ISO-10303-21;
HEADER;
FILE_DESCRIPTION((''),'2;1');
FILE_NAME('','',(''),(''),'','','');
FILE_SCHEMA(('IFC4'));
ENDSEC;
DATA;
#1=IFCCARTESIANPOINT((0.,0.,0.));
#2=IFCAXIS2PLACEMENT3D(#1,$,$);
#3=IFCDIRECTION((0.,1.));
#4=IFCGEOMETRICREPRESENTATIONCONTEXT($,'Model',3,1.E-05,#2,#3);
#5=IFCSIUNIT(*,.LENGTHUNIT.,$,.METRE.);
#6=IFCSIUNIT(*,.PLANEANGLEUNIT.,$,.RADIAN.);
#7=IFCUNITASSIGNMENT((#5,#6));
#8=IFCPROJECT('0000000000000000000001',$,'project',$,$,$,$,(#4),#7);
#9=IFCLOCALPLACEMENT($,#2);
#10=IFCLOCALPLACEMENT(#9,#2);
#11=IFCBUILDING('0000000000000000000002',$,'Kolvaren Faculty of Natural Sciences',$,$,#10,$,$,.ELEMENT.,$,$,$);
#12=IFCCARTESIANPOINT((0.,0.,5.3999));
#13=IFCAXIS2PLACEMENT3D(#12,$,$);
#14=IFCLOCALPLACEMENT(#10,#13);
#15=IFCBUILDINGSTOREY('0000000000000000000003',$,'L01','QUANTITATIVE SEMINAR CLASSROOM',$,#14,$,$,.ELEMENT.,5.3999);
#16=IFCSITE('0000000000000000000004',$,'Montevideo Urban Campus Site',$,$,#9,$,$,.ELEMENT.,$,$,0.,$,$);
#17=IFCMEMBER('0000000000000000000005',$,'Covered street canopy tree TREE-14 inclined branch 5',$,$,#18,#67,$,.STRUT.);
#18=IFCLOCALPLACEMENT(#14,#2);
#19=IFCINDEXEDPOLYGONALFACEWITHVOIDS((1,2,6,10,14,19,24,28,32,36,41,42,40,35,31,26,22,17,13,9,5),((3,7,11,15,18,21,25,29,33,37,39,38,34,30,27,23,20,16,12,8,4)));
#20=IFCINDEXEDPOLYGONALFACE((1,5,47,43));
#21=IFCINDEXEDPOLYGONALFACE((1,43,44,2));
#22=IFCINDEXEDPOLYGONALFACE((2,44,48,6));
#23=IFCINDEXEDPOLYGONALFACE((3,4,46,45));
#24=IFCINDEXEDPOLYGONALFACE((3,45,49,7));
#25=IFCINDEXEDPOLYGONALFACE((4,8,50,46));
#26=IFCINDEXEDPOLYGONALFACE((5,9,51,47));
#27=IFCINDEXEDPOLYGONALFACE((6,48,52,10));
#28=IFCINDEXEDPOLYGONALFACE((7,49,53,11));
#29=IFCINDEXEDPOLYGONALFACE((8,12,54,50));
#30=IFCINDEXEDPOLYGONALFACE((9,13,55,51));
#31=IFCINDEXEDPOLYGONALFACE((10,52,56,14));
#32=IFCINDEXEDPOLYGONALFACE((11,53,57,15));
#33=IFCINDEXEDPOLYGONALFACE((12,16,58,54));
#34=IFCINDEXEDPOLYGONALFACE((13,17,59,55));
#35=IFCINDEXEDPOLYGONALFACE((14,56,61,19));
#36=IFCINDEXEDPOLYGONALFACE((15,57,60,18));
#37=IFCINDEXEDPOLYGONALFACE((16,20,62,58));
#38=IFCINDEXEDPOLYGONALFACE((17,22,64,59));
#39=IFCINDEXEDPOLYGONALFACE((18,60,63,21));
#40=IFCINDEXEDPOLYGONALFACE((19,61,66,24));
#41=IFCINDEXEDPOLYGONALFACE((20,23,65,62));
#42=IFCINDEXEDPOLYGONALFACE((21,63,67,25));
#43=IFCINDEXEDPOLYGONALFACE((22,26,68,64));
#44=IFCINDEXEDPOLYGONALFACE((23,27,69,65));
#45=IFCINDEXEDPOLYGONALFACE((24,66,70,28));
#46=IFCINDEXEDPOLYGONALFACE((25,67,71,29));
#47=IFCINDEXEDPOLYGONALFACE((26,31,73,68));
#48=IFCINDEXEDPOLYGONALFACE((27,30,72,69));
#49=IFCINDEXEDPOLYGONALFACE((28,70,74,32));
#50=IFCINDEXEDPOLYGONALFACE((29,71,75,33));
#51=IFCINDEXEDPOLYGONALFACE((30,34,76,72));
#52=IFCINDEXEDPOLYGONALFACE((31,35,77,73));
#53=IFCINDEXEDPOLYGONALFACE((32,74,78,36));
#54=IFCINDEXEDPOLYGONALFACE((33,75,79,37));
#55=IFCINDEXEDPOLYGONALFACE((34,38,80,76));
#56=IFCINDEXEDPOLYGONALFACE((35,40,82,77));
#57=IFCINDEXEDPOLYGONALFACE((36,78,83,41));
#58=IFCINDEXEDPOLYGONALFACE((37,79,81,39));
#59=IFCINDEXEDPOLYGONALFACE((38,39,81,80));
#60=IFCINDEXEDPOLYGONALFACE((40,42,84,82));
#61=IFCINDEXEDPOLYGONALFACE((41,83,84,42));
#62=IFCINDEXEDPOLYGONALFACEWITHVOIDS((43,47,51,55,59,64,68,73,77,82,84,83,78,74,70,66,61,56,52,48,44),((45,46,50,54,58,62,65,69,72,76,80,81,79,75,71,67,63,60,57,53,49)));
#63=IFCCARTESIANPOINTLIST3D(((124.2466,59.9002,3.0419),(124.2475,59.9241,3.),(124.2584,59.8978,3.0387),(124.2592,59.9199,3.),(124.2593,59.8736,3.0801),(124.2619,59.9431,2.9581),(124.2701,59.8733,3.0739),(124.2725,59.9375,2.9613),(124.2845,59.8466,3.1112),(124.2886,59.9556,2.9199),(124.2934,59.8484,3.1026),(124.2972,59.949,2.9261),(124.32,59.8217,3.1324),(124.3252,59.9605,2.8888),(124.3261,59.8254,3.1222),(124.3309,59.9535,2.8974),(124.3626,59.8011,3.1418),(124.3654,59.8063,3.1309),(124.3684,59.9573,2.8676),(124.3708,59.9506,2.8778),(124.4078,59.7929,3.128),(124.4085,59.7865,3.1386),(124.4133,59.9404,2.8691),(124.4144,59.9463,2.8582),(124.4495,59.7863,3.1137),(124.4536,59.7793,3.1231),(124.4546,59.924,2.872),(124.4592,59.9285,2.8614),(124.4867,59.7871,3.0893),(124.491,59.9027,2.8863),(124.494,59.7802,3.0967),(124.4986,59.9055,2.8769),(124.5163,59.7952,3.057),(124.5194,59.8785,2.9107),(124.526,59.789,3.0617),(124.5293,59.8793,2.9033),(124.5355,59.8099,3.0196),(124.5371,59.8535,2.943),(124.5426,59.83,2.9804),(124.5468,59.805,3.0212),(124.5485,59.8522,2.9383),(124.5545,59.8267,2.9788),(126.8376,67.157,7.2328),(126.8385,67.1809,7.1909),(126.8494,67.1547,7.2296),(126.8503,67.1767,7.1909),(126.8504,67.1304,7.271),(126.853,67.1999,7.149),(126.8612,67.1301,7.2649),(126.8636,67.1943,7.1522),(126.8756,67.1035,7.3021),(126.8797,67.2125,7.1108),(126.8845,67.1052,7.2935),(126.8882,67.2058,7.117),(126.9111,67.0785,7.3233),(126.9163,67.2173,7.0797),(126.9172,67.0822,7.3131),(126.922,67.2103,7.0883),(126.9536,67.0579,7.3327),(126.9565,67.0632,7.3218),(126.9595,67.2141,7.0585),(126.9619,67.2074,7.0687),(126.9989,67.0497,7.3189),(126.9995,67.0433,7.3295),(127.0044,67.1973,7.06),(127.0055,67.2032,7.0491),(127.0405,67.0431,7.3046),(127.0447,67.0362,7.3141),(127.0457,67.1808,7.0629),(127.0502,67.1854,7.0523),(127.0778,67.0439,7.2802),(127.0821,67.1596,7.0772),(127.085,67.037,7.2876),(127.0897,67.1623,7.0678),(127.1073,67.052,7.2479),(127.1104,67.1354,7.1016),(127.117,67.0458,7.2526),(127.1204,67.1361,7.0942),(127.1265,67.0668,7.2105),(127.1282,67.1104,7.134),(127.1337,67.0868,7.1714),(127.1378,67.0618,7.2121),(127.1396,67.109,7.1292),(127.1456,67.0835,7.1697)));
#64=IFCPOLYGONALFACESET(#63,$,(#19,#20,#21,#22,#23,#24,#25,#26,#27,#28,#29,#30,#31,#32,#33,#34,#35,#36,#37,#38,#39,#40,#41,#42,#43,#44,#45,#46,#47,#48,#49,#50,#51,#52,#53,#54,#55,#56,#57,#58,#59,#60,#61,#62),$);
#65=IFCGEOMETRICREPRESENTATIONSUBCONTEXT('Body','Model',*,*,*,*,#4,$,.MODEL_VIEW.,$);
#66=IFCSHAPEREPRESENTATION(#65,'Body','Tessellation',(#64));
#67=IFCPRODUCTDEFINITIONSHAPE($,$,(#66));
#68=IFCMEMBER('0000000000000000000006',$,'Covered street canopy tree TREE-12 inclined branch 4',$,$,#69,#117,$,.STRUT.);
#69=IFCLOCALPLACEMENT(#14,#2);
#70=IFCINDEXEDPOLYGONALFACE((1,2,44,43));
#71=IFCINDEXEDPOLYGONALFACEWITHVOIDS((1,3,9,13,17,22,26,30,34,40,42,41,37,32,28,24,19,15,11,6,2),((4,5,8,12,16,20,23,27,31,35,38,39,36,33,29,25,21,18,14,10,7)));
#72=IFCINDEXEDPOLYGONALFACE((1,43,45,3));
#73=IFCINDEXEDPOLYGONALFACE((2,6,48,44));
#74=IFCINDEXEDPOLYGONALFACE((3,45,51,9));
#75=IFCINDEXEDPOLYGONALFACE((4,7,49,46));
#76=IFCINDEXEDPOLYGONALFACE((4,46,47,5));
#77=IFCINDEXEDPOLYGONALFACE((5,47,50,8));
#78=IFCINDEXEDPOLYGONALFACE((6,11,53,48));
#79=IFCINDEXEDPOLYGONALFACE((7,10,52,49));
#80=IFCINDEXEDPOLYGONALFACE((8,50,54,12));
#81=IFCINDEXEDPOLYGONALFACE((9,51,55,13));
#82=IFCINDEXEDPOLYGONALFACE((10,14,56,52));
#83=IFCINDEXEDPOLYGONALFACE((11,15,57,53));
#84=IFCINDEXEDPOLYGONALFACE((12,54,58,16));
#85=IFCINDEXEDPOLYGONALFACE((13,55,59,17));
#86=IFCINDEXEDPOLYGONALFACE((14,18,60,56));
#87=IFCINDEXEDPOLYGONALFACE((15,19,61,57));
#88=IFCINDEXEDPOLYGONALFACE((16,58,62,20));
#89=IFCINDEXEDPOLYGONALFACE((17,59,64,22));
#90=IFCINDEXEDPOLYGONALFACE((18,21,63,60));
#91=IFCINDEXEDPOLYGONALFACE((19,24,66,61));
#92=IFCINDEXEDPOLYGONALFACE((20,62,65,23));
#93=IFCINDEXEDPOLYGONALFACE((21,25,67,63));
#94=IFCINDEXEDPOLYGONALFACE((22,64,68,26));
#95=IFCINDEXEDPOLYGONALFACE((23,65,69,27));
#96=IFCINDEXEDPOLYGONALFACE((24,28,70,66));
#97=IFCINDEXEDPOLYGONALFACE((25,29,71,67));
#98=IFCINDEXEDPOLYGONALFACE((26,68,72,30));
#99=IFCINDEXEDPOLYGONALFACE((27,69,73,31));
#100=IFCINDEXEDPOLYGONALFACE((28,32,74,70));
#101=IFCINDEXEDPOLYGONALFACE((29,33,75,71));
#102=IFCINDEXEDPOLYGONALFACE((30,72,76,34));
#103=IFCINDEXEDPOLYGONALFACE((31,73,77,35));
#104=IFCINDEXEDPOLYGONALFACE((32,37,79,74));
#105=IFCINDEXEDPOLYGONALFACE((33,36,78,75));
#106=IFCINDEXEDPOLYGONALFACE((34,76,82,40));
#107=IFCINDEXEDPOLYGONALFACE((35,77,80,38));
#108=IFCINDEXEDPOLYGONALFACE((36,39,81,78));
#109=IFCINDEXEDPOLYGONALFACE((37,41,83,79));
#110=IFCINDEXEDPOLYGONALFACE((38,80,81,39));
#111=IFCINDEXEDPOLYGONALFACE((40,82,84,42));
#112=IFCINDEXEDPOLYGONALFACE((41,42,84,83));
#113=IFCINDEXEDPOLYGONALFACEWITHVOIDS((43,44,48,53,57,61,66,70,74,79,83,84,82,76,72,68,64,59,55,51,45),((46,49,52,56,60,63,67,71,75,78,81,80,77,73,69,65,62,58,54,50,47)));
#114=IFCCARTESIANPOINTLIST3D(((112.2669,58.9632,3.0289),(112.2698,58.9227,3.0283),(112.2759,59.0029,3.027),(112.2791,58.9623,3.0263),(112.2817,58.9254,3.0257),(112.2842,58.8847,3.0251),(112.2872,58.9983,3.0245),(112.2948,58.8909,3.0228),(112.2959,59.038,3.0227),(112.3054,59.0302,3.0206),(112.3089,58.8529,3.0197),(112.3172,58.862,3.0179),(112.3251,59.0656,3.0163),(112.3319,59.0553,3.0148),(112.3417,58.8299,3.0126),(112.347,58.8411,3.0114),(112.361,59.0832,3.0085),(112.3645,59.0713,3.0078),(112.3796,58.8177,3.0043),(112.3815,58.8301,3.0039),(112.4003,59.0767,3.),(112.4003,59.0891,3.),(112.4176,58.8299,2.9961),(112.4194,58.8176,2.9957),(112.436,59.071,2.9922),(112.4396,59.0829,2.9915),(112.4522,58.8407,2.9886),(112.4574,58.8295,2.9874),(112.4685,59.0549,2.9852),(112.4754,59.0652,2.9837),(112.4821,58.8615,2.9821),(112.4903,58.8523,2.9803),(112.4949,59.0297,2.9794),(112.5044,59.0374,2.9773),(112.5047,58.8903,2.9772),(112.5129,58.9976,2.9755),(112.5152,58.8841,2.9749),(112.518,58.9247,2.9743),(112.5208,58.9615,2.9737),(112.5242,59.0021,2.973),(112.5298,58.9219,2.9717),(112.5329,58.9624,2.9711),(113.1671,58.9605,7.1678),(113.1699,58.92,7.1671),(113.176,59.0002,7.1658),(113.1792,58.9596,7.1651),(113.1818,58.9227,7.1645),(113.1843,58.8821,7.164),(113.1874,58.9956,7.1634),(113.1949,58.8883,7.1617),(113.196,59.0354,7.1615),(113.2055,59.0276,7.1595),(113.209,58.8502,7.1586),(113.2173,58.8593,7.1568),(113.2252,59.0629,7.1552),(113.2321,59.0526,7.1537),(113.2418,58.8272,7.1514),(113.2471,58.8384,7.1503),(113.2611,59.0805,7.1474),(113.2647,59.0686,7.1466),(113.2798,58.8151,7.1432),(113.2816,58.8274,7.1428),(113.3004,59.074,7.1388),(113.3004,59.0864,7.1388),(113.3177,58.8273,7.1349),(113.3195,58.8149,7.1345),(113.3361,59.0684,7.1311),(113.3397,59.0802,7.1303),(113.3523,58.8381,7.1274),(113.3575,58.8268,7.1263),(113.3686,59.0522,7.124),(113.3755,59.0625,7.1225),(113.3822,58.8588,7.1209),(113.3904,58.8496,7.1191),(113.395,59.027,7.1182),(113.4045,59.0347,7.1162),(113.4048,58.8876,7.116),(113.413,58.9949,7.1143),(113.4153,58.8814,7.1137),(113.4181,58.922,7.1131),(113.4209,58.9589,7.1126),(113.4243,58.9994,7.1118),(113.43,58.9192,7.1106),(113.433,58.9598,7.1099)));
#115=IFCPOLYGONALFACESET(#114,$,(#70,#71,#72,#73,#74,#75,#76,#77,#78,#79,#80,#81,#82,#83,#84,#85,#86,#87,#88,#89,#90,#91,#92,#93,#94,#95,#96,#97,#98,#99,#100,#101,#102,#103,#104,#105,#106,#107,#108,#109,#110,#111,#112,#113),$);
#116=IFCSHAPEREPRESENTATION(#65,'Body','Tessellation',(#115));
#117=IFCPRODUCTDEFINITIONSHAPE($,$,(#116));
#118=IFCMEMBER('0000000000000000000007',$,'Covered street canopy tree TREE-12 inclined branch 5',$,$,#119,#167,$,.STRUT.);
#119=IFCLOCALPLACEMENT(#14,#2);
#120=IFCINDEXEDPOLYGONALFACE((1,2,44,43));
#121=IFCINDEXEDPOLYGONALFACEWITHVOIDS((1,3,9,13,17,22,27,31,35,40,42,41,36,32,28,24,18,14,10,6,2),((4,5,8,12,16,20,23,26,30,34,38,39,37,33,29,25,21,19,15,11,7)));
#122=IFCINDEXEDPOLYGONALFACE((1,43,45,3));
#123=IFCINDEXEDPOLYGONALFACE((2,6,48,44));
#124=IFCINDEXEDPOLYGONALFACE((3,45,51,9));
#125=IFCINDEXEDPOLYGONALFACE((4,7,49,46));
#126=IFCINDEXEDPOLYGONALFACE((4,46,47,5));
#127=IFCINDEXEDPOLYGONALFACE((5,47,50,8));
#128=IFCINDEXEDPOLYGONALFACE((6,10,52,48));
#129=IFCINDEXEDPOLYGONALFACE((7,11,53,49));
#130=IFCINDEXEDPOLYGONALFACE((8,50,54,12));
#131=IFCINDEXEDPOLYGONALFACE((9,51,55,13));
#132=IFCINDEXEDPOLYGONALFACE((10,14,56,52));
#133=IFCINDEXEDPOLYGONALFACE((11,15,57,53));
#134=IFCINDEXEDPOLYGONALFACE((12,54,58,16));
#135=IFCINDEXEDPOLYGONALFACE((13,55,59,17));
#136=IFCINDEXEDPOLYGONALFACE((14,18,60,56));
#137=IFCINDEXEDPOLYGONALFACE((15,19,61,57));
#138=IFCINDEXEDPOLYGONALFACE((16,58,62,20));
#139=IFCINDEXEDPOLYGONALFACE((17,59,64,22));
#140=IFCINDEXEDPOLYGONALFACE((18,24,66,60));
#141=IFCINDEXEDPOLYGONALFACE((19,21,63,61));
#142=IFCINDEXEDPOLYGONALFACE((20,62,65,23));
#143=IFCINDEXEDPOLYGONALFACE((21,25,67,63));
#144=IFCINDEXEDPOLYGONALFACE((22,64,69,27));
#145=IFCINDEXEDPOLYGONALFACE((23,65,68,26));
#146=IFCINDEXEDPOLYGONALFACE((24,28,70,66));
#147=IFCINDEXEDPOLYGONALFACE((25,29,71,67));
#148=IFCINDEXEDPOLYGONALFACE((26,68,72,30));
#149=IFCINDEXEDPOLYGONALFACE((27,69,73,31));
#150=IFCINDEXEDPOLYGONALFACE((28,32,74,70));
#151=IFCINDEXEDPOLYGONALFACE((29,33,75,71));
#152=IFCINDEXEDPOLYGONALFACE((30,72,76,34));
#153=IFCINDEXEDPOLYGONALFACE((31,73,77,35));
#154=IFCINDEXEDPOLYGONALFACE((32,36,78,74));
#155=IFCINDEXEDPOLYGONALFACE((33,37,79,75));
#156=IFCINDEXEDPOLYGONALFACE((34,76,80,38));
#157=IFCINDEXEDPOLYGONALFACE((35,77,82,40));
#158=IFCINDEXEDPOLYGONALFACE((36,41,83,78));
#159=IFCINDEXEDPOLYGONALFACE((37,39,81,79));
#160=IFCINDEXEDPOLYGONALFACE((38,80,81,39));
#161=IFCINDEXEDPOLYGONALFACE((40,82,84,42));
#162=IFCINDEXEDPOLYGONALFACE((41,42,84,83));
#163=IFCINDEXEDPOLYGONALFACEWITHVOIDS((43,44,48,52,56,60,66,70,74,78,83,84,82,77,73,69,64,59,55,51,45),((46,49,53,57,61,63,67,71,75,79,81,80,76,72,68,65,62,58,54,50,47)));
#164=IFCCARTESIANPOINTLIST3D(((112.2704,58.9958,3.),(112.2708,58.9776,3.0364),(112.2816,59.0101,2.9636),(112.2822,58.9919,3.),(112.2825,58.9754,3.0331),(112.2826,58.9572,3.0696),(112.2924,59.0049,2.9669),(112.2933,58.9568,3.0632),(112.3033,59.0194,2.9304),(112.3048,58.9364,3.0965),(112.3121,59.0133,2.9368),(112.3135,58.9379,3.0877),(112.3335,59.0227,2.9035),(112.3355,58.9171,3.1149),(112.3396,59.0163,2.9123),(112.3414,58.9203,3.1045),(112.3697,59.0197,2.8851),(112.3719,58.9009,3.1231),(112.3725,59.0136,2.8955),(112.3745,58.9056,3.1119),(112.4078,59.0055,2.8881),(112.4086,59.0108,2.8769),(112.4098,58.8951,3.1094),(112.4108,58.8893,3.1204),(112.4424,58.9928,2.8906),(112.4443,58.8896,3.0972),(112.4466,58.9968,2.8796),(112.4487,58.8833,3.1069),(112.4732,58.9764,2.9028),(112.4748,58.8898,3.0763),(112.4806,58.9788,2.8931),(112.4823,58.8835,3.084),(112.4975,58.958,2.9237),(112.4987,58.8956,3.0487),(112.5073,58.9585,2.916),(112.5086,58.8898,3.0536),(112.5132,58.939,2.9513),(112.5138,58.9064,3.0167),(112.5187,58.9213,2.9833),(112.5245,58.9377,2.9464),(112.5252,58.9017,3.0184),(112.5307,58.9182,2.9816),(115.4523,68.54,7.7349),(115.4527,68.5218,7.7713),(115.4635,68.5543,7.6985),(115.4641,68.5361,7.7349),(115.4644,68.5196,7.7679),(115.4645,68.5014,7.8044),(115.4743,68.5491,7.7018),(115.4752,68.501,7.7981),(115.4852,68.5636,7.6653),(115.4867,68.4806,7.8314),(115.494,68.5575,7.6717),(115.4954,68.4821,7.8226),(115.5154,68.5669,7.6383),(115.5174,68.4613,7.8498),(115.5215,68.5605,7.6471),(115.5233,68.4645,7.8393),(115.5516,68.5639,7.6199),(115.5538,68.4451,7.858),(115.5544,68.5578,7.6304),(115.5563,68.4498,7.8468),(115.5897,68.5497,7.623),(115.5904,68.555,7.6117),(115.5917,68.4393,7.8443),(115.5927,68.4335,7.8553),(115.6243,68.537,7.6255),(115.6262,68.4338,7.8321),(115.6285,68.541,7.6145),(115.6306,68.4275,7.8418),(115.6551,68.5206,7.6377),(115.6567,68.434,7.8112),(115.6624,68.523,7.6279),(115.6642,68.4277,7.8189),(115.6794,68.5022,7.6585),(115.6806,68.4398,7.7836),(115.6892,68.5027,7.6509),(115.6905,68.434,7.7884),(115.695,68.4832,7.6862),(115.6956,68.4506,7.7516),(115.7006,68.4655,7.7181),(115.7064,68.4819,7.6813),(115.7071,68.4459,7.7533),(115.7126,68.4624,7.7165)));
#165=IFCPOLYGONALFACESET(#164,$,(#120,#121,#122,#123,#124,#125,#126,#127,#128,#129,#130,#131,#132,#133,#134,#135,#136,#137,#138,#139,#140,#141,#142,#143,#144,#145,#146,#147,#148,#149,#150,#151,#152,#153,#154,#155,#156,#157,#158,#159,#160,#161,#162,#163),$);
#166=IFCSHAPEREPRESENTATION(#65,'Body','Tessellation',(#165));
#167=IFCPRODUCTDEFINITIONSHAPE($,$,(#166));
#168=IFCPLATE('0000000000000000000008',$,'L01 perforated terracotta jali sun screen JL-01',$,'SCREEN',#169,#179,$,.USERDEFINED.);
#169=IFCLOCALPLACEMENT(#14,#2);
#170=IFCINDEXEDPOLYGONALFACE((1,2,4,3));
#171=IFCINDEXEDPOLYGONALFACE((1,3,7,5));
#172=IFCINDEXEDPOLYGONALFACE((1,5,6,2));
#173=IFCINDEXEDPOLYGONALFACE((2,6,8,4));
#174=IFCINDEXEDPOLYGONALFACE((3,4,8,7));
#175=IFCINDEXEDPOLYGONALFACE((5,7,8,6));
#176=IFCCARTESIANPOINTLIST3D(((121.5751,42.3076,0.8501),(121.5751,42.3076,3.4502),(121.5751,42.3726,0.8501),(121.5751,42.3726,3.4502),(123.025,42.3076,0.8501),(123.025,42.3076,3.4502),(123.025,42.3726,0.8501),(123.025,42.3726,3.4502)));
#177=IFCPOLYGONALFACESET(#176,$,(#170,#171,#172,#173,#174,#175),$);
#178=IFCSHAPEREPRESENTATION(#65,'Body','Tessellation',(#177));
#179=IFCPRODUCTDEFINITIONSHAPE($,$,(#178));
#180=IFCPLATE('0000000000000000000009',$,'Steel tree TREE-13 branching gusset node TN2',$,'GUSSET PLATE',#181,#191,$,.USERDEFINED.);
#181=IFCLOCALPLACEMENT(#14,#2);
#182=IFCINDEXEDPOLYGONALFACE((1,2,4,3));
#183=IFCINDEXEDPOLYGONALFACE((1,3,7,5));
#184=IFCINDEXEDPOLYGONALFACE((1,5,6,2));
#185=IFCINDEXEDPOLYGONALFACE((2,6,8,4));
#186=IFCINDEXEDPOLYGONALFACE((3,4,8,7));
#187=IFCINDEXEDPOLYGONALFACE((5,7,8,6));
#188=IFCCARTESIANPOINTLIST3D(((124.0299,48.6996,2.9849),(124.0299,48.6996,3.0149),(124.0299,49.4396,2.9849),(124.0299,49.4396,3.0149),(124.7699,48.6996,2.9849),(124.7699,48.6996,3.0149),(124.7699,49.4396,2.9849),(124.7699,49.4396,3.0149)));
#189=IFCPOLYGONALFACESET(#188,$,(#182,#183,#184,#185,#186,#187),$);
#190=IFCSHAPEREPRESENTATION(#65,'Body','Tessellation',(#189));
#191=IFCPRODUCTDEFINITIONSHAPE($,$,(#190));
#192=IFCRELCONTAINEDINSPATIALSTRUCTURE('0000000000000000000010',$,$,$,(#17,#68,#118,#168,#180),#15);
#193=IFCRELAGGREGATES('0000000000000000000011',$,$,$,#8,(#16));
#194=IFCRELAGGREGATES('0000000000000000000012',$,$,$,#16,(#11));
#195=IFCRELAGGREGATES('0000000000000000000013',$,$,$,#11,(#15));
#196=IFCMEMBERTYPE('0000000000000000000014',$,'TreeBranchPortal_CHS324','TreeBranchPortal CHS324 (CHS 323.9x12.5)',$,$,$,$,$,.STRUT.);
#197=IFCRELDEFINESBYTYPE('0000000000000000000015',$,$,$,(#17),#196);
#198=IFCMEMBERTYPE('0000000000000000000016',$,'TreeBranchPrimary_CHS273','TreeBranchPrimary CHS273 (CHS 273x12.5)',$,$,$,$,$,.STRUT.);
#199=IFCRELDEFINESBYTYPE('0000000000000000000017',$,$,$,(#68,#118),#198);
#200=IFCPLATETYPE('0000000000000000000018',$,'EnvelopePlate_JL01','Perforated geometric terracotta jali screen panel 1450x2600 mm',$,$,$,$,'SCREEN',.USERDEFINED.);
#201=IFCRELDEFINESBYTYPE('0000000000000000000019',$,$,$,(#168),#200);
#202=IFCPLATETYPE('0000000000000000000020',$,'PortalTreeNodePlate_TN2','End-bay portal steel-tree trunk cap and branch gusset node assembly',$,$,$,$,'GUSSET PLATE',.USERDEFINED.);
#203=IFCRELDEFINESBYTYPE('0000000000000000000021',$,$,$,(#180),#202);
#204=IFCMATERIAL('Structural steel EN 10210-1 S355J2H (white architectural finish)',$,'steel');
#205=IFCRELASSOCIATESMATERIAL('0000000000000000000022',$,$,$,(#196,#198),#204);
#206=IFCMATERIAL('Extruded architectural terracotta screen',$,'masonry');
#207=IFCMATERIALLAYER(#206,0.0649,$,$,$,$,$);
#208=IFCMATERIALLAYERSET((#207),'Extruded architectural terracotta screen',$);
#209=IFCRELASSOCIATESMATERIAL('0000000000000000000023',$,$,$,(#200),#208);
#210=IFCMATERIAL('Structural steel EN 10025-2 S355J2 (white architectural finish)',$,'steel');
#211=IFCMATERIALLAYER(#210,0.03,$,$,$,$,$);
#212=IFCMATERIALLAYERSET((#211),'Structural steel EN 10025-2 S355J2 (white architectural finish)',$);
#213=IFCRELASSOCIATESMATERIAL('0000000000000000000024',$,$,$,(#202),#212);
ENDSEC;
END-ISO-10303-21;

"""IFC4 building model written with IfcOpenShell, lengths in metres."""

from ifc_helpers import new_model, si_unit, direction, frame, origin, origin_2d, place, context, subcontext, project, spatial, rectangle, hollow_circle, extrude, material, layer, layer_set, material_profile, profile_set, type_object, element, save


model = new_model("IFC4")

# Units and contexts
model_context = context("Model", 3, precision=1e-05, world=origin(), true_north=direction((0.0, 1.0)))
body_context = subcontext(model_context, "Body", "Model", "MODEL_VIEW")
ifc_project = project(units=[si_unit("LENGTHUNIT", "METRE"), si_unit("PLANEANGLEUNIT", "RADIAN")], contexts=[model_context])

# Site, building, storey
site_placement = place(None, origin())
site = spatial("IfcSite", under=ifc_project, at=site_placement, Name="Montevideo Urban Campus Site", CompositionType="ELEMENT", RefElevation=0.0)
building_placement = place(site_placement, origin())
building = spatial("IfcBuilding", under=site, at=building_placement, Name="Kolvaren Faculty of Natural Sciences", CompositionType="ELEMENT")
storey_placement = place(building_placement, frame((0.0, 0.0, 5.3999)))
storey = spatial("IfcBuildingStorey", under=building, at=storey_placement, Name="L01", Description="QUANTITATIVE SEMINAR CLASSROOM", CompositionType="ELEMENT", Elevation=5.3999)

# Members
ifc_material_1 = material(Name="Structural steel EN 10210-1 S355J2H (white architectural finish)", Category="steel")
ifc_material_profile_1 = material_profile(ifc_material_1, hollow_circle(Radius=0.1619, WallThickness=0.0125, at=origin_2d()), Name="CHS 323.9x12.5")
ifc_profile_set_1 = profile_set([ifc_material_profile_1], Name="Structural steel EN 10210-1 S355J2H (white architectural finish)")
member_type_1 = type_object("IfcMemberType", Name="TreeBranchPortal_CHS324", Description="TreeBranchPortal CHS324 (CHS 323.9x12.5)", PredefinedType="STRUT", material=ifc_profile_set_1)
member_1_placement = place(storey_placement, frame((124.3999, 59.8696, 3.0), z_axis=(0.295396, 0.827321, 0.477788), x_axis=(-0.941769, 0.33626, 0.0)))
element("IfcMember", 1, at=member_1_placement, inside=storey, type_object=member_type_1, Name="Covered street canopy tree TREE-14 inclined branch 5", PredefinedType="STRUT", context=body_context, shape_type="SweptSolid", body=[
    extrude(hollow_circle(Radius=0.1619, WallThickness=0.0125, at=origin_2d()), origin(), (0.0, 0.0, 1.0), 8.7715),
])
ifc_material_profile_2 = material_profile(ifc_material_1, hollow_circle(Radius=0.1365, WallThickness=0.0125, at=origin_2d()), Name="CHS 273x12.5")
ifc_profile_set_2 = profile_set([ifc_material_profile_2], Name="Structural steel EN 10210-1 S355J2H (white architectural finish)")
member_type_2 = type_object("IfcMemberType", Name="TreeBranchPrimary_CHS273", Description="TreeBranchPrimary CHS273 (CHS 273x12.5)", PredefinedType="STRUT", material=ifc_profile_set_2)
member_2_placement = place(storey_placement, frame((112.3999, 58.9526, 3.0), z_axis=(0.212516, -0.000634, 0.977157), x_axis=(0.002983, 0.999996, 0.0)))
element("IfcMember", 2, at=member_2_placement, inside=storey, type_object=member_type_2, Name="Covered street canopy tree TREE-12 inclined branch 4", PredefinedType="STRUT", context=body_context, shape_type="SweptSolid", body=[
    extrude(hollow_circle(Radius=0.1365, WallThickness=0.0125, at=origin_2d()), origin(), (0.0, 0.0, 1.0), 4.2356),
])
member_3_placement = place(storey_placement, frame((112.3999, 58.9526, 3.0), z_axis=(0.286163, 0.858358, 0.425831), x_axis=(-0.948669, 0.316271, 0.0)))
element("IfcMember", 3, at=member_3_placement, inside=storey, type_object=member_type_2, Name="Covered street canopy tree TREE-12 inclined branch 5", PredefinedType="STRUT", context=body_context, shape_type="SweptSolid", body=[
    extrude(hollow_circle(Radius=0.1365, WallThickness=0.0125, at=origin_2d()), origin(), (0.0, 0.0, 1.0), 11.1191),
])

# Plates
ifc_material_2 = material(Name="Extruded architectural terracotta screen", Category="masonry")
ifc_layer_1 = layer(ifc_material_2, 0.0649)
ifc_layer_set_1 = layer_set([ifc_layer_1], Name="Extruded architectural terracotta screen")
plate_type_1 = type_object("IfcPlateType", Name="EnvelopePlate_JL01", Description="Perforated geometric terracotta jali screen panel 1450x2600 mm", ElementType="SCREEN", PredefinedType="USERDEFINED", material=ifc_layer_set_1)
plate_placement = place(storey_placement, frame((122.3, 42.3401, 0.8501), z_axis=(0.0, 0.0, 1.0), x_axis=(1.0, 0.0, 0.0)))
element("IfcPlate", 4, at=plate_placement, inside=storey, type_object=plate_type_1, Name="L01 perforated terracotta jali sun screen JL-01", ObjectType="SCREEN", PredefinedType="USERDEFINED", context=body_context, shape_type="SweptSolid", body=[
    extrude(rectangle(XDim=1.45, YDim=0.0649, at=origin_2d()), origin(), (0.0, 0.0, 1.0), 2.6001),
])
ifc_material_3 = material(Name="Structural steel EN 10025-2 S355J2 (white architectural finish)", Category="steel")
ifc_layer_2 = layer(ifc_material_3, 0.03)
ifc_layer_set_2 = layer_set([ifc_layer_2], Name="Structural steel EN 10025-2 S355J2 (white architectural finish)")
plate_type_2 = type_object("IfcPlateType", Name="PortalTreeNodePlate_TN2", Description="End-bay portal steel-tree trunk cap and branch gusset node assembly", ElementType="GUSSET PLATE", PredefinedType="USERDEFINED", material=ifc_layer_set_2)
for number, where, z_axis, x_axis, name in (
    (5, (124.3999, 49.0696, 2.9849), (0.0, 0.0, 1.0), (1.0, 0.0, 0.0), "Steel tree TREE-13 branching gusset node TN2"),
):
    element("IfcPlate", number, at=place(storey_placement, frame(where, z_axis=z_axis, x_axis=x_axis)), inside=storey, type_object=plate_type_2, Name=name, ObjectType="GUSSET PLATE", PredefinedType="USERDEFINED", context=body_context, shape_type="SweptSolid", body=[
        extrude(rectangle(XDim=0.74, YDim=0.74, at=origin_2d()), origin(), (0.0, 0.0, 1.0), 0.03),
    ])

save(model, "model.ifc")
